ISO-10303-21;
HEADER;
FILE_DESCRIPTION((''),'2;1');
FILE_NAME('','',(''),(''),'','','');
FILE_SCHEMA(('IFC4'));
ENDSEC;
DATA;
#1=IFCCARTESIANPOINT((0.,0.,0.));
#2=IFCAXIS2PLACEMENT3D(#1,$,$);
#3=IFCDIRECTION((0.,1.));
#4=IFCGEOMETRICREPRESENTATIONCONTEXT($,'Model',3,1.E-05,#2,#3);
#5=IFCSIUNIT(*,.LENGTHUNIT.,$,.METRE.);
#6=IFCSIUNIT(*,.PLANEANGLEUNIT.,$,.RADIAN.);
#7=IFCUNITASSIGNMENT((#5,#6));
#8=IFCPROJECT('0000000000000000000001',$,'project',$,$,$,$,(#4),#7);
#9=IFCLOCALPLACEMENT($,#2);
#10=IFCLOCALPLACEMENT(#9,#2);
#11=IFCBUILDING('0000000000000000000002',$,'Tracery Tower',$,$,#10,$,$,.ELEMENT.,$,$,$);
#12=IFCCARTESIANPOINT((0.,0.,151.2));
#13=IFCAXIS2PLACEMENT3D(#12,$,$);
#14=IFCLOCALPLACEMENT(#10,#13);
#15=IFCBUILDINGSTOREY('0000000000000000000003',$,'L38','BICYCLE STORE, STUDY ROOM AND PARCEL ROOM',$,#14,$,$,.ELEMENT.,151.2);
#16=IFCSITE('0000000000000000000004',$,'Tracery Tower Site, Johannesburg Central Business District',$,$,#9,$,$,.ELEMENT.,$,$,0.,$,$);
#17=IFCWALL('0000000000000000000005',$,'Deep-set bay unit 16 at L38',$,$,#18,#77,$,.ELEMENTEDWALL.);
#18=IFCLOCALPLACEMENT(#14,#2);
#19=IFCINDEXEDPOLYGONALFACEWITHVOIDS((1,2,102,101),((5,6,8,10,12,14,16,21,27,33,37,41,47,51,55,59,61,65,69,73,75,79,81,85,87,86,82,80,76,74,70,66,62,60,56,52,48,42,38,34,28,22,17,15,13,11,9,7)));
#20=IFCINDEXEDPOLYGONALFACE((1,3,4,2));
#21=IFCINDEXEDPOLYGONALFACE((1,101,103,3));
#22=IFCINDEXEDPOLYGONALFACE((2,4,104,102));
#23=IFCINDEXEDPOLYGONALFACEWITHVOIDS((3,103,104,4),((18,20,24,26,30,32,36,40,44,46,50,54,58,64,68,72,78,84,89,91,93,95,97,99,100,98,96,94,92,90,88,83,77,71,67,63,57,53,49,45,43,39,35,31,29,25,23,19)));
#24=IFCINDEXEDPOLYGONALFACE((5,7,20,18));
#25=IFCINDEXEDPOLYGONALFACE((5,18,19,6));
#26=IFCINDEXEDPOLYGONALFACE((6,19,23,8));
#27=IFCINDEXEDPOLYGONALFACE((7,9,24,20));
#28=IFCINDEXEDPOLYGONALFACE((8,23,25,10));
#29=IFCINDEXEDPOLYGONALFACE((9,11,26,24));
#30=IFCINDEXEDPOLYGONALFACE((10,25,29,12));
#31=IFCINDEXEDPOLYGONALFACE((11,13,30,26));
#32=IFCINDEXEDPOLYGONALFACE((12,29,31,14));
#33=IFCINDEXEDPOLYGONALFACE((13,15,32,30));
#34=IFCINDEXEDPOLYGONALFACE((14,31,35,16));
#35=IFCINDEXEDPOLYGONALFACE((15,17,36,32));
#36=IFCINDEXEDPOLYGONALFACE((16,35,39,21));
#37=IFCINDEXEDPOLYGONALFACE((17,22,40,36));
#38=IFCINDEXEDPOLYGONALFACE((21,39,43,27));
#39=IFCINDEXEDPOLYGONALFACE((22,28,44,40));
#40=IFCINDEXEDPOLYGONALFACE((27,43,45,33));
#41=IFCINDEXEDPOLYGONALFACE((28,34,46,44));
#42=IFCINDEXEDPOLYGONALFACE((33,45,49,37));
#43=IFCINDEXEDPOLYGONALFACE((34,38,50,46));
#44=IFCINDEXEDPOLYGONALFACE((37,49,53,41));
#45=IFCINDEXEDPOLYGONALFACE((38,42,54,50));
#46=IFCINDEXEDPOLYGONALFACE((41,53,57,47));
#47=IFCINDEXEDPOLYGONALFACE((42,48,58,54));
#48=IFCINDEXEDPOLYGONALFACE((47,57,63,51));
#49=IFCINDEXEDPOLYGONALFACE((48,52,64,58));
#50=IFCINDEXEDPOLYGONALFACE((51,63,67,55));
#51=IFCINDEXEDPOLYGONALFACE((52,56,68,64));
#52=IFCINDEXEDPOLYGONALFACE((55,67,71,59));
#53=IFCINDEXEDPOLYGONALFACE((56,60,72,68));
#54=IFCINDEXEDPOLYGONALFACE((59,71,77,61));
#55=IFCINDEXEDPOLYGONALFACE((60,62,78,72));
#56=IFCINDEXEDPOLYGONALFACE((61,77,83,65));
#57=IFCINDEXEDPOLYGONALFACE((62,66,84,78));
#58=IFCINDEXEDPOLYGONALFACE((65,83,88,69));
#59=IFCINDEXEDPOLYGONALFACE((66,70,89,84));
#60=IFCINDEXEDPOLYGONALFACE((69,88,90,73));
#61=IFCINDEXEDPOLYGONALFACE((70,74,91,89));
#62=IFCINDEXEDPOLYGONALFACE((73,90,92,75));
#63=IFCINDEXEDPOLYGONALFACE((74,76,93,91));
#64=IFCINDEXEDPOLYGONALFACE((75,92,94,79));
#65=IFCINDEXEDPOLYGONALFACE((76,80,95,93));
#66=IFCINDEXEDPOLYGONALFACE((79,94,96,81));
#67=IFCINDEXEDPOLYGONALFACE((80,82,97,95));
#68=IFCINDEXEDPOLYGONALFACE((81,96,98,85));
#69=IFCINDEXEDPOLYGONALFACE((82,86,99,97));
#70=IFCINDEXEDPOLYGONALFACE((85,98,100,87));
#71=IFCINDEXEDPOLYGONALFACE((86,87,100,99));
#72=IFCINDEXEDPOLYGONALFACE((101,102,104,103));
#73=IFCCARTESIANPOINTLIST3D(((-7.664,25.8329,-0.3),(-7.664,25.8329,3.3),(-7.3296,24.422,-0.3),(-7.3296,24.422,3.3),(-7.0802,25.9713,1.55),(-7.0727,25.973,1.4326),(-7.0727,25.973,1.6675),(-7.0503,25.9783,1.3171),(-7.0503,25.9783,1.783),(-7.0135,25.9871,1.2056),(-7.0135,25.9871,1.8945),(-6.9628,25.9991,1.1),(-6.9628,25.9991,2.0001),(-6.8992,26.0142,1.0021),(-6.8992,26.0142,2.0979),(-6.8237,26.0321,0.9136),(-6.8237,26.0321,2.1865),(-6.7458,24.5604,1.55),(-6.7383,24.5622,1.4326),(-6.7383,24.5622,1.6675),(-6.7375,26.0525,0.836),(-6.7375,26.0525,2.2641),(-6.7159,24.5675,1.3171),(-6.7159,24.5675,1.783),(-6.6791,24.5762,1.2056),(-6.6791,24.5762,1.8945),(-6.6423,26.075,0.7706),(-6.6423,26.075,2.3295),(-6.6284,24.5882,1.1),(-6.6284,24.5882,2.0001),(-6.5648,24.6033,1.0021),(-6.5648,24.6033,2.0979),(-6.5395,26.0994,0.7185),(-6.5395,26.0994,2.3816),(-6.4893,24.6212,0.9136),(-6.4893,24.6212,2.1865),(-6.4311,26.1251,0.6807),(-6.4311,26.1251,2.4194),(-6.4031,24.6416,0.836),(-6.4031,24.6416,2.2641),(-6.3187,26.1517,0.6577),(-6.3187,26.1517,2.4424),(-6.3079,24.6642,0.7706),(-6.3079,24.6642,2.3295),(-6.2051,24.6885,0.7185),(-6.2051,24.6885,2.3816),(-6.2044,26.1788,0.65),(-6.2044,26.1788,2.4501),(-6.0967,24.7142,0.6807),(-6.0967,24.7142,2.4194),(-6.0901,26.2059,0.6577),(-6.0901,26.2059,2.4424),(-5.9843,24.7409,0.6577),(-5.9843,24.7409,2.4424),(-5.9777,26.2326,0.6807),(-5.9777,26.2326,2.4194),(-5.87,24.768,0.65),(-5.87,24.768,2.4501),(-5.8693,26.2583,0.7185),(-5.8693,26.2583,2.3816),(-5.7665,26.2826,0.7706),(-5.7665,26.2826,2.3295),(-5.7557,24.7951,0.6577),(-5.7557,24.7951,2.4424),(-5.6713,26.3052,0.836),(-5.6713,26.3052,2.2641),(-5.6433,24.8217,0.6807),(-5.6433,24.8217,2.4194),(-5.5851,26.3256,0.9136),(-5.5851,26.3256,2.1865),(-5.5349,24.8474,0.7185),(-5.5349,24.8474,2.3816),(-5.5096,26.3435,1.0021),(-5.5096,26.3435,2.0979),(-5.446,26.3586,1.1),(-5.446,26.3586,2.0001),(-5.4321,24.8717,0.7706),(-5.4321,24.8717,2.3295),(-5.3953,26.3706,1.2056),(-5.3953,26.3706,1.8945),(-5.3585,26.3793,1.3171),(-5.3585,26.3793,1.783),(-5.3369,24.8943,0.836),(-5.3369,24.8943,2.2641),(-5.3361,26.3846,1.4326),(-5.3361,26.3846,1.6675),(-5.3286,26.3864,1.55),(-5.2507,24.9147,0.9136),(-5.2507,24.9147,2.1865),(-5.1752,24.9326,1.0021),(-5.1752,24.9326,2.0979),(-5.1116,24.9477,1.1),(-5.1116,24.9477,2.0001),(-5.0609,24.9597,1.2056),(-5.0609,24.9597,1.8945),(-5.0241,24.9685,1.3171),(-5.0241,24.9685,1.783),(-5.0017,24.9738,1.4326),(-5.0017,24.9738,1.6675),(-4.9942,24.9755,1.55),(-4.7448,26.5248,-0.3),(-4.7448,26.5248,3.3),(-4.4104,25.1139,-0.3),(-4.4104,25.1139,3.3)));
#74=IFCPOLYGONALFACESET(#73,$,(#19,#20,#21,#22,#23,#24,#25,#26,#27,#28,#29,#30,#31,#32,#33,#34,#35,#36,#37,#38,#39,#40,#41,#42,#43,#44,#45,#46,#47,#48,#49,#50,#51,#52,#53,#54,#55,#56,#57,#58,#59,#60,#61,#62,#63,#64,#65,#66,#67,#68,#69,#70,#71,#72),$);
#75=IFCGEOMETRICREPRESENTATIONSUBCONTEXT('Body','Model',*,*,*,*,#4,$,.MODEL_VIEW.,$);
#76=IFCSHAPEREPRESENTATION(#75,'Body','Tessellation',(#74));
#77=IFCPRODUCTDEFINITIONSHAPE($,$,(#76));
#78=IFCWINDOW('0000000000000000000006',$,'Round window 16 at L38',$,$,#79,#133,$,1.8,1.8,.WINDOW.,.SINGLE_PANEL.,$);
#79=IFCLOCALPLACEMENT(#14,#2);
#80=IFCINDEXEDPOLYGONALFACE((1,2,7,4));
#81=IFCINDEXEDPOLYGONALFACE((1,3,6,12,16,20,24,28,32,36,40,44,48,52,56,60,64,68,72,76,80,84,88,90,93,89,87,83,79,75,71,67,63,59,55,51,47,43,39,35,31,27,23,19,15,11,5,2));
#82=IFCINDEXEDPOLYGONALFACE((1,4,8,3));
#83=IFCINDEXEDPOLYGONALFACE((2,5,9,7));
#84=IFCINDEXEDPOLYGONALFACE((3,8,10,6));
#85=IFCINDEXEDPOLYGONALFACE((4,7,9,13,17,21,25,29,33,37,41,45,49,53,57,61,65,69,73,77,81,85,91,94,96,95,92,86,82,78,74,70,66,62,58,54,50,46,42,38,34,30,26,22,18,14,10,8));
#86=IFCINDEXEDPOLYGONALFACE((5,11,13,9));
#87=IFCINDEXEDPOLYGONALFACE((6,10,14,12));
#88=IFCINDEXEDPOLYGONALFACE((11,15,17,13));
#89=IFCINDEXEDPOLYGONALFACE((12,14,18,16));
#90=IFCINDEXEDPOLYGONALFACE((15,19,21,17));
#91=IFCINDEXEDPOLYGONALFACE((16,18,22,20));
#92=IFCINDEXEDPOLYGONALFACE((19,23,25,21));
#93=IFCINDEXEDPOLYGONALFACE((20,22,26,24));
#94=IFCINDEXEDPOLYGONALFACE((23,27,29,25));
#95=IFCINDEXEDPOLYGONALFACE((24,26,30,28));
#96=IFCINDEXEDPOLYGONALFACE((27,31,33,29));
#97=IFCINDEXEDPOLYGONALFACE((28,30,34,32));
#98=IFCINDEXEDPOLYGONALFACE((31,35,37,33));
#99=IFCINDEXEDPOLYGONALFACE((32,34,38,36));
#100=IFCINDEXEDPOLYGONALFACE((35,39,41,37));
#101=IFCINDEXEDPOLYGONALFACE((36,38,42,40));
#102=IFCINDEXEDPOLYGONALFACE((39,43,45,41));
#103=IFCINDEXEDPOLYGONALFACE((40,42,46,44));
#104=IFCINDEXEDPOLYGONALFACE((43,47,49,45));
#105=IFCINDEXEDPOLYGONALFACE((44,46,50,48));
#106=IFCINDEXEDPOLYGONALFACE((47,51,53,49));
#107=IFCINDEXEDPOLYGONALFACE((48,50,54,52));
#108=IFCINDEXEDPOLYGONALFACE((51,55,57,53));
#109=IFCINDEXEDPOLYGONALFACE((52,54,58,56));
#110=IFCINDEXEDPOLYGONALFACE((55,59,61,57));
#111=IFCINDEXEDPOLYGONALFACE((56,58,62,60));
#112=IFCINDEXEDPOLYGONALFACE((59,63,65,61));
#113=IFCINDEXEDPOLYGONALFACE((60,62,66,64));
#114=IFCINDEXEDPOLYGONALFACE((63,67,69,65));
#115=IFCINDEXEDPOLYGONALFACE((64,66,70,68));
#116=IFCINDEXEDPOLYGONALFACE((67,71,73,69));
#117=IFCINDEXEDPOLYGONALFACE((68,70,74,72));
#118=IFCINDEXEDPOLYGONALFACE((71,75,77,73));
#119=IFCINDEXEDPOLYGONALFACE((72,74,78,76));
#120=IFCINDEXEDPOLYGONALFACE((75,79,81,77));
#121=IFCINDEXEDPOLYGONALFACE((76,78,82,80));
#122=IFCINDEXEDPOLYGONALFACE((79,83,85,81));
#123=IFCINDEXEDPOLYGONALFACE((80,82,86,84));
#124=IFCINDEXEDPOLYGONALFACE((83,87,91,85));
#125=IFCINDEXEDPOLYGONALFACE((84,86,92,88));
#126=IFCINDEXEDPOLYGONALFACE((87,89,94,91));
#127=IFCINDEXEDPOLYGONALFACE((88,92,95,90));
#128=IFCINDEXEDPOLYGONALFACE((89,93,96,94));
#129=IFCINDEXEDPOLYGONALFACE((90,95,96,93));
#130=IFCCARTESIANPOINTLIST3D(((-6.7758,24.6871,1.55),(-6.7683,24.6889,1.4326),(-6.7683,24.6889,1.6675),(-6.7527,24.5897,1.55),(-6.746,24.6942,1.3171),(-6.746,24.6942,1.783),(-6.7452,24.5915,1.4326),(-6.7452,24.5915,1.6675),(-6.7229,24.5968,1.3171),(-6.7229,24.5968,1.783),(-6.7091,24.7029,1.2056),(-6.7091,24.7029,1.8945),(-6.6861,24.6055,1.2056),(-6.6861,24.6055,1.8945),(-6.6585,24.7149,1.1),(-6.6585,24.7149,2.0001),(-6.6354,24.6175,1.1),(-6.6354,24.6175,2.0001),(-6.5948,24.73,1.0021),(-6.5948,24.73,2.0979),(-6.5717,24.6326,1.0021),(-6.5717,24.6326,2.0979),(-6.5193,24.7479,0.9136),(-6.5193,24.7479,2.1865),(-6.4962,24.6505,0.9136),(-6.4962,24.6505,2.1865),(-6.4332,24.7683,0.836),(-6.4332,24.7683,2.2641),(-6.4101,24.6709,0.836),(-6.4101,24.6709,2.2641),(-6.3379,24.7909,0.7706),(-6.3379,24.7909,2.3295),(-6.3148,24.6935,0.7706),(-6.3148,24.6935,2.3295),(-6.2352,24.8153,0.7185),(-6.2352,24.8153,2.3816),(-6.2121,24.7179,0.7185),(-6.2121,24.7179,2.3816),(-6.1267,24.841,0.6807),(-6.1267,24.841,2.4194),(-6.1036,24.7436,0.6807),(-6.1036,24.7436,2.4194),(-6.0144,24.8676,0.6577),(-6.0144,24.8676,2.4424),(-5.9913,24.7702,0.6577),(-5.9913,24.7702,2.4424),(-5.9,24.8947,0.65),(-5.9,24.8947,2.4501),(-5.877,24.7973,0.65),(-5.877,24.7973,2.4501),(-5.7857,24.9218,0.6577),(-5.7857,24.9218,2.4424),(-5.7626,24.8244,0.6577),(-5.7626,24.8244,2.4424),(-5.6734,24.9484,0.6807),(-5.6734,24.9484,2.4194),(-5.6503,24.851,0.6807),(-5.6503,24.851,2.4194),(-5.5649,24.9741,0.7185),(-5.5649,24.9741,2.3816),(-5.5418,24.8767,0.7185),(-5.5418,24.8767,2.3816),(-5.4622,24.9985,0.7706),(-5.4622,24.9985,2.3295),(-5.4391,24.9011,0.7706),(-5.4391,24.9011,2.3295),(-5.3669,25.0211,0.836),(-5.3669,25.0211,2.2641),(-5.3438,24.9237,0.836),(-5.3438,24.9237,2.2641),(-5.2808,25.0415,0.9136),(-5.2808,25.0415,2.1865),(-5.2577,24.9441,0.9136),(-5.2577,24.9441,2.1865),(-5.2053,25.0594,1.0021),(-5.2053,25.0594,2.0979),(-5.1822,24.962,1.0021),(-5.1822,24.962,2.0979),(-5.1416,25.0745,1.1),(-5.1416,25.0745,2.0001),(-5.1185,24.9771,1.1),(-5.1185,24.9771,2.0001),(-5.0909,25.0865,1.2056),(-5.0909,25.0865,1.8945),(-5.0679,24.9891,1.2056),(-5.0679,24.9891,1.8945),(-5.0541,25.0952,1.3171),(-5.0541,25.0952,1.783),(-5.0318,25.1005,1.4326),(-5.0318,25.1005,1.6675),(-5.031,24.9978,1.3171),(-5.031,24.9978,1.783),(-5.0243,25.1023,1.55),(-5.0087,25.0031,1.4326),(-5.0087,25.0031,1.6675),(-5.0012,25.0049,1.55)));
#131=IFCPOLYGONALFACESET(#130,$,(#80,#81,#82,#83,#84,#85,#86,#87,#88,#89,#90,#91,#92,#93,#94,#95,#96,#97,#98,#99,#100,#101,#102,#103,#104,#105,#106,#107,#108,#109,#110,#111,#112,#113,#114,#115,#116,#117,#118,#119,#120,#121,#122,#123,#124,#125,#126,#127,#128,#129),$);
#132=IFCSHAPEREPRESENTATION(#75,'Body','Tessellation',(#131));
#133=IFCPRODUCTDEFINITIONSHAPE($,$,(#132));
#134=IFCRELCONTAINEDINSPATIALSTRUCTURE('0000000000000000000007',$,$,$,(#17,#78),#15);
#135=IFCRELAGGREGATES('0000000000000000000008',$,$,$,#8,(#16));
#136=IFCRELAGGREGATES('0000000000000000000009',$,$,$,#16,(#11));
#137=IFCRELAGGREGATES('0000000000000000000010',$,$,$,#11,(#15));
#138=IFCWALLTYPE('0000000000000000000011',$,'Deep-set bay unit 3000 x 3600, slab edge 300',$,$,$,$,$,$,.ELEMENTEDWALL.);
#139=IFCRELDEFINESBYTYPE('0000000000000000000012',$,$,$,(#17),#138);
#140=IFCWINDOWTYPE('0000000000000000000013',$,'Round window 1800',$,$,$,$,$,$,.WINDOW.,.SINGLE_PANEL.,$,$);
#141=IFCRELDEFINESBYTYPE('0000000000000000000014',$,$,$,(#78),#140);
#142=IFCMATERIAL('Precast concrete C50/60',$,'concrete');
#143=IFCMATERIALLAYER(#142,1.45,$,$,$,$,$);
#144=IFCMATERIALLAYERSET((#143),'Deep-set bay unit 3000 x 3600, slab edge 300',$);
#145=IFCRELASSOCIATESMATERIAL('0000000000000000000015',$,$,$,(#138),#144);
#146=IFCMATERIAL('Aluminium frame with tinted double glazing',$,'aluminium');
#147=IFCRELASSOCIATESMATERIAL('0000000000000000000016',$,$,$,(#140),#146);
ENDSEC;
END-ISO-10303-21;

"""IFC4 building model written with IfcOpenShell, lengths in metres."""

from ifc_helpers import new_model, si_unit, direction, frame, frame_2d, origin, origin_2d, place, context, subcontext, project, spatial, rectangle, circle, extrude, material, layer, layer_set, type_object, element, fill, save


model = new_model("IFC4")

# Units and contexts
model_context = context("Model", 3, precision=1e-05, world=origin(), true_north=direction((0.0, 1.0)))
body_context = subcontext(model_context, "Body", "Model", "MODEL_VIEW")
ifc_project = project(units=[si_unit("LENGTHUNIT", "METRE"), si_unit("PLANEANGLEUNIT", "RADIAN")], contexts=[model_context])

# Site, building, storey
site_placement = place(None, origin())
site = spatial("IfcSite", under=ifc_project, at=site_placement, Name="Tracery Tower Site, Johannesburg Central Business District", CompositionType="ELEMENT", RefElevation=0.0)
building_placement = place(site_placement, origin())
building = spatial("IfcBuilding", under=site, at=building_placement, Name="Tracery Tower", CompositionType="ELEMENT")
storey_placement = place(building_placement, frame((0.0, 0.0, 151.2)))
storey = spatial("IfcBuildingStorey", under=building, at=storey_placement, Name="L38", Description="BICYCLE STORE, STUDY ROOM AND PARCEL ROOM", CompositionType="ELEMENT", Elevation=151.2)

# Wall, opening, window
ifc_material_1 = material(Name="Precast concrete C50/60", Category="concrete")
ifc_layer_1 = layer(ifc_material_1, 1.45)
ifc_layer_set_1 = layer_set([ifc_layer_1], Name="Deep-set bay unit 3000 x 3600, slab edge 300")
wall_type_1 = type_object("IfcWallType", Name="Deep-set bay unit 3000 x 3600, slab edge 300", PredefinedType="ELEMENTEDWALL", material=ifc_layer_set_1)
wall_1_placement = place(storey_placement, frame((-4.5776, 25.8193, -0.3), z_axis=(0.0, 0.0, 1.0), x_axis=(-0.973042, -0.230627, 0.0)))
wall_1 = element("IfcWall", 1, at=wall_1_placement, inside=storey, type_object=wall_type_1, Name="Deep-set bay unit 16 at L38", PredefinedType="ELEMENTEDWALL", context=body_context, shape_type="SweptSolid", body=[
    extrude(rectangle(XDim=3.0, YDim=1.45, at=frame_2d((1.5, 0.0))), origin(), (0.0, 0.0, 1.0), 3.6001),
])
opening_1_placement = place(wall_1_placement, frame((1.5, 0.0, 1.8501)))
opening_1 = element("IfcOpeningElement", 2, at=opening_1_placement, cuts=wall_1, PredefinedType="OPENING", context=body_context, shape_type="SweptSolid", body=[
    extrude(circle(Radius=0.9, at=origin_2d()), frame((0.0, 0.7349, 0.0), z_axis=(0.0, -1.0, 0.0), x_axis=(1.0, 0.0, 0.0)), (0.0, 0.0, 1.0), 1.47),
])
ifc_material_2 = material(Name="Aluminium frame with tinted double glazing", Category="aluminium")
window_type = type_object("IfcWindowType", Name="Round window 1800", PartitioningType="SINGLE_PANEL", PredefinedType="WINDOW", material=ifc_material_2)
window_1_placement = place(opening_1_placement, origin())
window_1 = element("IfcWindow", 3, at=window_1_placement, inside=storey, type_object=window_type, Name="Round window 16 at L38", OverallHeight=1.8, OverallWidth=1.8, PartitioningType="SINGLE_PANEL", PredefinedType="WINDOW", context=body_context, shape_type="SweptSolid", body=[
    extrude(circle(Radius=0.9, at=origin_2d()), frame((0.0, 0.6948, 0.0), z_axis=(0.0, -1.0, 0.0), x_axis=(1.0, 0.0, 0.0)), (0.0, 0.0, 1.0), 0.1001),
])
fill(opening_1, window_1)

save(model, "model.ifc")
